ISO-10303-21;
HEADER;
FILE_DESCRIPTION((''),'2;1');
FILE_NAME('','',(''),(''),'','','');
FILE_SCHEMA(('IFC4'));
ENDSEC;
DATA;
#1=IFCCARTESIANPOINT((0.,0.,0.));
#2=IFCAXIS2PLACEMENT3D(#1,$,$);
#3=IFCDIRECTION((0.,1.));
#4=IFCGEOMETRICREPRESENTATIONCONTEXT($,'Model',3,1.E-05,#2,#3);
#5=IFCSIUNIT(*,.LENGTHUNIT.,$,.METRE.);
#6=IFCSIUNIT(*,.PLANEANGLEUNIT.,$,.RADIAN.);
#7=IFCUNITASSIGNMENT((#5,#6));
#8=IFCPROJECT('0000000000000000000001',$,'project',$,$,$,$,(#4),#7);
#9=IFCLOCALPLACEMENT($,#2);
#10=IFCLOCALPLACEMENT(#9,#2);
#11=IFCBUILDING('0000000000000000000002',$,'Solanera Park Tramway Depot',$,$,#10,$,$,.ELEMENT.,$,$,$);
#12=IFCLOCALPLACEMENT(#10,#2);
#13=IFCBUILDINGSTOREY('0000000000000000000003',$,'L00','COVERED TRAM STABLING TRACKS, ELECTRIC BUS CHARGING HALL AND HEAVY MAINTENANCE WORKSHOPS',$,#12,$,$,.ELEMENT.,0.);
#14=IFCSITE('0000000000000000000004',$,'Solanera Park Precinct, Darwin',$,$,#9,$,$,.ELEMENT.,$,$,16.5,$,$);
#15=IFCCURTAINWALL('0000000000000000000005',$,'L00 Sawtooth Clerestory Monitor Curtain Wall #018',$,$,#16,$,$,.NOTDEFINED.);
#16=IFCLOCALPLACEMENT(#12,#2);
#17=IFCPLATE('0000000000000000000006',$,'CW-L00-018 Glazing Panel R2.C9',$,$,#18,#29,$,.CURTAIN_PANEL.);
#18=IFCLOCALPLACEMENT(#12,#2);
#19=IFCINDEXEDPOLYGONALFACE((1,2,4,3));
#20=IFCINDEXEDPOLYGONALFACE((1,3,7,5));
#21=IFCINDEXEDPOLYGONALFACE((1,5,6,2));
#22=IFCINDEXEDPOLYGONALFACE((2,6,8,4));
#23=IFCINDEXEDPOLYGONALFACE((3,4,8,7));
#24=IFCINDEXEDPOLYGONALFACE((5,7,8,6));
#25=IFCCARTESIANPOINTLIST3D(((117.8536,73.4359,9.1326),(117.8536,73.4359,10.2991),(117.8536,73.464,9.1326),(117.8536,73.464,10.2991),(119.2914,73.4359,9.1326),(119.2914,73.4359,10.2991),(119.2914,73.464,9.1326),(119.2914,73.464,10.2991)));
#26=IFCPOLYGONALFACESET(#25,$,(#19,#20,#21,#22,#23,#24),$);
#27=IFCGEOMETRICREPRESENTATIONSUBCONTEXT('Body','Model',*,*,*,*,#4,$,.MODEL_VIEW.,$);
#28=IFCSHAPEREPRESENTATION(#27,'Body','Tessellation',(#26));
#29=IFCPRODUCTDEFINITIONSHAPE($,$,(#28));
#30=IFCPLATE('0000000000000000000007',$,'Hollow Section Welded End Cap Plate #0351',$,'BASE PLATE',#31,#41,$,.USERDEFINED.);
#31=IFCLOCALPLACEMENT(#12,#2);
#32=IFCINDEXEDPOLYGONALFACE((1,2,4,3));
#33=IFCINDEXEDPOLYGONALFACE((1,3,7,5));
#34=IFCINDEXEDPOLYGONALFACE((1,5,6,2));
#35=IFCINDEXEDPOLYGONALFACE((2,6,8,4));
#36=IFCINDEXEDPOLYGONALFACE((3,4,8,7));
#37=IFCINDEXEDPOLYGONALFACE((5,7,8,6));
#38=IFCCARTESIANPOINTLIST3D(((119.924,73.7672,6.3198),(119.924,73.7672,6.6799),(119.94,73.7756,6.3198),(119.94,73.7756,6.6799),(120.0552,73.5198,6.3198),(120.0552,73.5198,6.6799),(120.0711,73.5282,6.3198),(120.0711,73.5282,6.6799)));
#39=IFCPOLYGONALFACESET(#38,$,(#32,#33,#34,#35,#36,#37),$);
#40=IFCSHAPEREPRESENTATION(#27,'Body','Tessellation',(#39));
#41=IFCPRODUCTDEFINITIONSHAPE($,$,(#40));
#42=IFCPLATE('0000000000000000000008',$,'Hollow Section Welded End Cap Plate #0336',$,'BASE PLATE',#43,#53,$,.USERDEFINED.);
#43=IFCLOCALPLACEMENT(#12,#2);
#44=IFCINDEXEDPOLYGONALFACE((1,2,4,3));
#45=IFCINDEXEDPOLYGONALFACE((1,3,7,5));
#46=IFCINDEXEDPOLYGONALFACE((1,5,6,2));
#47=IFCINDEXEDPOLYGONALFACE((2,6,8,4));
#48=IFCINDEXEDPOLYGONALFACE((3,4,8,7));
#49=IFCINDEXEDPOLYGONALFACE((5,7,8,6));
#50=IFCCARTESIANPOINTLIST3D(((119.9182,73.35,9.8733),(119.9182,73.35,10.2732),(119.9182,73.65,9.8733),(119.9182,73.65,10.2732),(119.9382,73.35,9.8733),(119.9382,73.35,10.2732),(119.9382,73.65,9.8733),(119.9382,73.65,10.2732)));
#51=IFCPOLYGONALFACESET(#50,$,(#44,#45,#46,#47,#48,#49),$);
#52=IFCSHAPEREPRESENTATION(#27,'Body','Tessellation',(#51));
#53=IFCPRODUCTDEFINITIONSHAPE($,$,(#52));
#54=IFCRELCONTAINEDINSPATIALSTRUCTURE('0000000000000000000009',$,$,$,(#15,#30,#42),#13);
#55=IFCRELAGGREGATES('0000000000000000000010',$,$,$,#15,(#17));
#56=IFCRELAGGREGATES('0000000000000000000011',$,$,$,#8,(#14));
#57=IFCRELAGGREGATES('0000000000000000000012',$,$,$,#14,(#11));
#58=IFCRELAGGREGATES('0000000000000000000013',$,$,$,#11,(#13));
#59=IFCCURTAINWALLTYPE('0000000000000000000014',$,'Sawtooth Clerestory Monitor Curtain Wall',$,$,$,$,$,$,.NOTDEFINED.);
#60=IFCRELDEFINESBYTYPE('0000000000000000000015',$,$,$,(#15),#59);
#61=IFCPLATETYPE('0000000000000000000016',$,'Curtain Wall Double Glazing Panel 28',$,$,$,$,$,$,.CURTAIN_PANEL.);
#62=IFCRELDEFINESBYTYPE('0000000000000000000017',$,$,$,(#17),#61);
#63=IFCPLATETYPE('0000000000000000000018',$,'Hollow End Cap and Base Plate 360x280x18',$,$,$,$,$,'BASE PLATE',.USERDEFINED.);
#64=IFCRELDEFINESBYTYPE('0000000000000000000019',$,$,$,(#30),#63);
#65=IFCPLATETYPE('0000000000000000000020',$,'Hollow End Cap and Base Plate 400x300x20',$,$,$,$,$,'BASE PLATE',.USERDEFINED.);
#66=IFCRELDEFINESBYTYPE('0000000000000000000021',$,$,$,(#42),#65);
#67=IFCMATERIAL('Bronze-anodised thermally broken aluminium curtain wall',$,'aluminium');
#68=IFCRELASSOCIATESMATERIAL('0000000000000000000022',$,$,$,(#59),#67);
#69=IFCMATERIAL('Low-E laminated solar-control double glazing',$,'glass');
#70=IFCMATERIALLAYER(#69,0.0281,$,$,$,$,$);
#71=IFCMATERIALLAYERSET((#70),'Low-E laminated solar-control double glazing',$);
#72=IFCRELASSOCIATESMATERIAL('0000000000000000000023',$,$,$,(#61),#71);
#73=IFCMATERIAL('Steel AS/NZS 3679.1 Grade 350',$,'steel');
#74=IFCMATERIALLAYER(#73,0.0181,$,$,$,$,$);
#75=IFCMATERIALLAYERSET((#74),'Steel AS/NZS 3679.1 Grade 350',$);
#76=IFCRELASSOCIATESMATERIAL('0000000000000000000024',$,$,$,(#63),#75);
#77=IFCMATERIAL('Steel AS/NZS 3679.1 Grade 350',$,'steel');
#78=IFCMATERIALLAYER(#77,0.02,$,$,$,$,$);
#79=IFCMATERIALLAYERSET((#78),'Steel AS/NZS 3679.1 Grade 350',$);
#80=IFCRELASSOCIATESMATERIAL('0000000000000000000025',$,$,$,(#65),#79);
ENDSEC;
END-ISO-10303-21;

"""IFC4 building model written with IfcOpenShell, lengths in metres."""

from ifc_helpers import new_model, si_unit, direction, frame, origin, origin_2d, place, context, subcontext, project, spatial, rectangle, extrude, material, layer, layer_set, type_object, element, aggregate, save


model = new_model("IFC4")

# Units and contexts
model_context = context("Model", 3, precision=1e-05, world=origin(), true_north=direction((0.0, 1.0)))
body_context = subcontext(model_context, "Body", "Model", "MODEL_VIEW")
ifc_project = project(units=[si_unit("LENGTHUNIT", "METRE"), si_unit("PLANEANGLEUNIT", "RADIAN")], contexts=[model_context])

# Site, building, storey
site_placement = place(None, origin())
site = spatial("IfcSite", under=ifc_project, at=site_placement, Name="Solanera Park Precinct, Darwin", CompositionType="ELEMENT", RefElevation=16.5)
building_placement = place(site_placement, origin())
building = spatial("IfcBuilding", under=site, at=building_placement, Name="Solanera Park Tramway Depot", CompositionType="ELEMENT")
storey_placement = place(building_placement, origin())
storey = spatial("IfcBuildingStorey", under=building, at=storey_placement, Name="L00", Description="COVERED TRAM STABLING TRACKS, ELECTRIC BUS CHARGING HALL AND HEAVY MAINTENANCE WORKSHOPS", CompositionType="ELEMENT", Elevation=0.0)

# Curtain wall, plate
ifc_material_1 = material(Name="Bronze-anodised thermally broken aluminium curtain wall", Category="aluminium")
curtain_wall_type = type_object("IfcCurtainWallType", Name="Sawtooth Clerestory Monitor Curtain Wall", PredefinedType="NOTDEFINED", material=ifc_material_1)
curtain_wall_placement = place(storey_placement, origin())
curtain_wall = element("IfcCurtainWall", 1, at=curtain_wall_placement, inside=storey, type_object=curtain_wall_type, Name="L00 Sawtooth Clerestory Monitor Curtain Wall #018", PredefinedType="NOTDEFINED")
ifc_material_2 = material(Name="Low-E laminated solar-control double glazing", Category="glass")
ifc_layer_1 = layer(ifc_material_2, 0.0281)
ifc_layer_set_1 = layer_set([ifc_layer_1], Name="Low-E laminated solar-control double glazing")
plate_type_1 = type_object("IfcPlateType", Name="Curtain Wall Double Glazing Panel 28", PredefinedType="CURTAIN_PANEL", material=ifc_layer_set_1)
plate_1_placement = place(storey_placement, frame((118.5725, 73.45, 9.1326), z_axis=(0.0, 0.0, 1.0), x_axis=(1.0, 0.0, 0.0)))
plate_1 = element("IfcPlate", 2, at=plate_1_placement, type_object=plate_type_1, Name="CW-L00-018 Glazing Panel R2.C9", PredefinedType="CURTAIN_PANEL", context=body_context, shape_type="SweptSolid", body=[
    extrude(rectangle(XDim=1.4377, YDim=0.0281, at=origin_2d()), origin(), (0.0, 0.0, 1.0), 1.1665),
])
aggregate(curtain_wall, [plate_1])

# Plates
ifc_material_3 = material(Name="Steel AS/NZS 3679.1 Grade 350", Category="steel")
ifc_layer_2 = layer(ifc_material_3, 0.0181)
ifc_layer_set_2 = layer_set([ifc_layer_2], Name="Steel AS/NZS 3679.1 Grade 350")
plate_type_2 = type_object("IfcPlateType", Name="Hollow End Cap and Base Plate 360x280x18", ElementType="BASE PLATE", PredefinedType="USERDEFINED", material=ifc_layer_set_2)
plate_2_placement = place(storey_placement, frame((119.9976, 73.6477, 6.3198), z_axis=(0.0, 0.0, 1.0), x_axis=(0.883521, 0.468392, 0.0)))
element("IfcPlate", 3, at=plate_2_placement, inside=storey, type_object=plate_type_2, Name="Hollow Section Welded End Cap Plate #0351", ObjectType="BASE PLATE", PredefinedType="USERDEFINED", context=body_context, shape_type="SweptSolid", body=[
    extrude(rectangle(XDim=0.0181, YDim=0.28, at=origin_2d()), origin(), (0.0, 0.0, 1.0), 0.3601),
])
ifc_material_4 = material(Name="Steel AS/NZS 3679.1 Grade 350", Category="steel")
ifc_layer_3 = layer(ifc_material_4, 0.02)
ifc_layer_set_3 = layer_set([ifc_layer_3], Name="Steel AS/NZS 3679.1 Grade 350")
plate_type_3 = type_object("IfcPlateType", Name="Hollow End Cap and Base Plate 400x300x20", ElementType="BASE PLATE", PredefinedType="USERDEFINED", material=ifc_layer_set_3)
plate_3_placement = place(storey_placement, frame((119.9282, 73.5, 9.8733), z_axis=(0.0, 0.0, 1.0), x_axis=(1.0, 0.0, 0.0)))
element("IfcPlate", 4, at=plate_3_placement, inside=storey, type_object=plate_type_3, Name="Hollow Section Welded End Cap Plate #0336", ObjectType="BASE PLATE", PredefinedType="USERDEFINED", context=body_context, shape_type="SweptSolid", body=[
    extrude(rectangle(XDim=0.02, YDim=0.3, at=origin_2d()), origin(), (0.0, 0.0, 1.0), 0.3999),
])

save(model, "model.ifc")
